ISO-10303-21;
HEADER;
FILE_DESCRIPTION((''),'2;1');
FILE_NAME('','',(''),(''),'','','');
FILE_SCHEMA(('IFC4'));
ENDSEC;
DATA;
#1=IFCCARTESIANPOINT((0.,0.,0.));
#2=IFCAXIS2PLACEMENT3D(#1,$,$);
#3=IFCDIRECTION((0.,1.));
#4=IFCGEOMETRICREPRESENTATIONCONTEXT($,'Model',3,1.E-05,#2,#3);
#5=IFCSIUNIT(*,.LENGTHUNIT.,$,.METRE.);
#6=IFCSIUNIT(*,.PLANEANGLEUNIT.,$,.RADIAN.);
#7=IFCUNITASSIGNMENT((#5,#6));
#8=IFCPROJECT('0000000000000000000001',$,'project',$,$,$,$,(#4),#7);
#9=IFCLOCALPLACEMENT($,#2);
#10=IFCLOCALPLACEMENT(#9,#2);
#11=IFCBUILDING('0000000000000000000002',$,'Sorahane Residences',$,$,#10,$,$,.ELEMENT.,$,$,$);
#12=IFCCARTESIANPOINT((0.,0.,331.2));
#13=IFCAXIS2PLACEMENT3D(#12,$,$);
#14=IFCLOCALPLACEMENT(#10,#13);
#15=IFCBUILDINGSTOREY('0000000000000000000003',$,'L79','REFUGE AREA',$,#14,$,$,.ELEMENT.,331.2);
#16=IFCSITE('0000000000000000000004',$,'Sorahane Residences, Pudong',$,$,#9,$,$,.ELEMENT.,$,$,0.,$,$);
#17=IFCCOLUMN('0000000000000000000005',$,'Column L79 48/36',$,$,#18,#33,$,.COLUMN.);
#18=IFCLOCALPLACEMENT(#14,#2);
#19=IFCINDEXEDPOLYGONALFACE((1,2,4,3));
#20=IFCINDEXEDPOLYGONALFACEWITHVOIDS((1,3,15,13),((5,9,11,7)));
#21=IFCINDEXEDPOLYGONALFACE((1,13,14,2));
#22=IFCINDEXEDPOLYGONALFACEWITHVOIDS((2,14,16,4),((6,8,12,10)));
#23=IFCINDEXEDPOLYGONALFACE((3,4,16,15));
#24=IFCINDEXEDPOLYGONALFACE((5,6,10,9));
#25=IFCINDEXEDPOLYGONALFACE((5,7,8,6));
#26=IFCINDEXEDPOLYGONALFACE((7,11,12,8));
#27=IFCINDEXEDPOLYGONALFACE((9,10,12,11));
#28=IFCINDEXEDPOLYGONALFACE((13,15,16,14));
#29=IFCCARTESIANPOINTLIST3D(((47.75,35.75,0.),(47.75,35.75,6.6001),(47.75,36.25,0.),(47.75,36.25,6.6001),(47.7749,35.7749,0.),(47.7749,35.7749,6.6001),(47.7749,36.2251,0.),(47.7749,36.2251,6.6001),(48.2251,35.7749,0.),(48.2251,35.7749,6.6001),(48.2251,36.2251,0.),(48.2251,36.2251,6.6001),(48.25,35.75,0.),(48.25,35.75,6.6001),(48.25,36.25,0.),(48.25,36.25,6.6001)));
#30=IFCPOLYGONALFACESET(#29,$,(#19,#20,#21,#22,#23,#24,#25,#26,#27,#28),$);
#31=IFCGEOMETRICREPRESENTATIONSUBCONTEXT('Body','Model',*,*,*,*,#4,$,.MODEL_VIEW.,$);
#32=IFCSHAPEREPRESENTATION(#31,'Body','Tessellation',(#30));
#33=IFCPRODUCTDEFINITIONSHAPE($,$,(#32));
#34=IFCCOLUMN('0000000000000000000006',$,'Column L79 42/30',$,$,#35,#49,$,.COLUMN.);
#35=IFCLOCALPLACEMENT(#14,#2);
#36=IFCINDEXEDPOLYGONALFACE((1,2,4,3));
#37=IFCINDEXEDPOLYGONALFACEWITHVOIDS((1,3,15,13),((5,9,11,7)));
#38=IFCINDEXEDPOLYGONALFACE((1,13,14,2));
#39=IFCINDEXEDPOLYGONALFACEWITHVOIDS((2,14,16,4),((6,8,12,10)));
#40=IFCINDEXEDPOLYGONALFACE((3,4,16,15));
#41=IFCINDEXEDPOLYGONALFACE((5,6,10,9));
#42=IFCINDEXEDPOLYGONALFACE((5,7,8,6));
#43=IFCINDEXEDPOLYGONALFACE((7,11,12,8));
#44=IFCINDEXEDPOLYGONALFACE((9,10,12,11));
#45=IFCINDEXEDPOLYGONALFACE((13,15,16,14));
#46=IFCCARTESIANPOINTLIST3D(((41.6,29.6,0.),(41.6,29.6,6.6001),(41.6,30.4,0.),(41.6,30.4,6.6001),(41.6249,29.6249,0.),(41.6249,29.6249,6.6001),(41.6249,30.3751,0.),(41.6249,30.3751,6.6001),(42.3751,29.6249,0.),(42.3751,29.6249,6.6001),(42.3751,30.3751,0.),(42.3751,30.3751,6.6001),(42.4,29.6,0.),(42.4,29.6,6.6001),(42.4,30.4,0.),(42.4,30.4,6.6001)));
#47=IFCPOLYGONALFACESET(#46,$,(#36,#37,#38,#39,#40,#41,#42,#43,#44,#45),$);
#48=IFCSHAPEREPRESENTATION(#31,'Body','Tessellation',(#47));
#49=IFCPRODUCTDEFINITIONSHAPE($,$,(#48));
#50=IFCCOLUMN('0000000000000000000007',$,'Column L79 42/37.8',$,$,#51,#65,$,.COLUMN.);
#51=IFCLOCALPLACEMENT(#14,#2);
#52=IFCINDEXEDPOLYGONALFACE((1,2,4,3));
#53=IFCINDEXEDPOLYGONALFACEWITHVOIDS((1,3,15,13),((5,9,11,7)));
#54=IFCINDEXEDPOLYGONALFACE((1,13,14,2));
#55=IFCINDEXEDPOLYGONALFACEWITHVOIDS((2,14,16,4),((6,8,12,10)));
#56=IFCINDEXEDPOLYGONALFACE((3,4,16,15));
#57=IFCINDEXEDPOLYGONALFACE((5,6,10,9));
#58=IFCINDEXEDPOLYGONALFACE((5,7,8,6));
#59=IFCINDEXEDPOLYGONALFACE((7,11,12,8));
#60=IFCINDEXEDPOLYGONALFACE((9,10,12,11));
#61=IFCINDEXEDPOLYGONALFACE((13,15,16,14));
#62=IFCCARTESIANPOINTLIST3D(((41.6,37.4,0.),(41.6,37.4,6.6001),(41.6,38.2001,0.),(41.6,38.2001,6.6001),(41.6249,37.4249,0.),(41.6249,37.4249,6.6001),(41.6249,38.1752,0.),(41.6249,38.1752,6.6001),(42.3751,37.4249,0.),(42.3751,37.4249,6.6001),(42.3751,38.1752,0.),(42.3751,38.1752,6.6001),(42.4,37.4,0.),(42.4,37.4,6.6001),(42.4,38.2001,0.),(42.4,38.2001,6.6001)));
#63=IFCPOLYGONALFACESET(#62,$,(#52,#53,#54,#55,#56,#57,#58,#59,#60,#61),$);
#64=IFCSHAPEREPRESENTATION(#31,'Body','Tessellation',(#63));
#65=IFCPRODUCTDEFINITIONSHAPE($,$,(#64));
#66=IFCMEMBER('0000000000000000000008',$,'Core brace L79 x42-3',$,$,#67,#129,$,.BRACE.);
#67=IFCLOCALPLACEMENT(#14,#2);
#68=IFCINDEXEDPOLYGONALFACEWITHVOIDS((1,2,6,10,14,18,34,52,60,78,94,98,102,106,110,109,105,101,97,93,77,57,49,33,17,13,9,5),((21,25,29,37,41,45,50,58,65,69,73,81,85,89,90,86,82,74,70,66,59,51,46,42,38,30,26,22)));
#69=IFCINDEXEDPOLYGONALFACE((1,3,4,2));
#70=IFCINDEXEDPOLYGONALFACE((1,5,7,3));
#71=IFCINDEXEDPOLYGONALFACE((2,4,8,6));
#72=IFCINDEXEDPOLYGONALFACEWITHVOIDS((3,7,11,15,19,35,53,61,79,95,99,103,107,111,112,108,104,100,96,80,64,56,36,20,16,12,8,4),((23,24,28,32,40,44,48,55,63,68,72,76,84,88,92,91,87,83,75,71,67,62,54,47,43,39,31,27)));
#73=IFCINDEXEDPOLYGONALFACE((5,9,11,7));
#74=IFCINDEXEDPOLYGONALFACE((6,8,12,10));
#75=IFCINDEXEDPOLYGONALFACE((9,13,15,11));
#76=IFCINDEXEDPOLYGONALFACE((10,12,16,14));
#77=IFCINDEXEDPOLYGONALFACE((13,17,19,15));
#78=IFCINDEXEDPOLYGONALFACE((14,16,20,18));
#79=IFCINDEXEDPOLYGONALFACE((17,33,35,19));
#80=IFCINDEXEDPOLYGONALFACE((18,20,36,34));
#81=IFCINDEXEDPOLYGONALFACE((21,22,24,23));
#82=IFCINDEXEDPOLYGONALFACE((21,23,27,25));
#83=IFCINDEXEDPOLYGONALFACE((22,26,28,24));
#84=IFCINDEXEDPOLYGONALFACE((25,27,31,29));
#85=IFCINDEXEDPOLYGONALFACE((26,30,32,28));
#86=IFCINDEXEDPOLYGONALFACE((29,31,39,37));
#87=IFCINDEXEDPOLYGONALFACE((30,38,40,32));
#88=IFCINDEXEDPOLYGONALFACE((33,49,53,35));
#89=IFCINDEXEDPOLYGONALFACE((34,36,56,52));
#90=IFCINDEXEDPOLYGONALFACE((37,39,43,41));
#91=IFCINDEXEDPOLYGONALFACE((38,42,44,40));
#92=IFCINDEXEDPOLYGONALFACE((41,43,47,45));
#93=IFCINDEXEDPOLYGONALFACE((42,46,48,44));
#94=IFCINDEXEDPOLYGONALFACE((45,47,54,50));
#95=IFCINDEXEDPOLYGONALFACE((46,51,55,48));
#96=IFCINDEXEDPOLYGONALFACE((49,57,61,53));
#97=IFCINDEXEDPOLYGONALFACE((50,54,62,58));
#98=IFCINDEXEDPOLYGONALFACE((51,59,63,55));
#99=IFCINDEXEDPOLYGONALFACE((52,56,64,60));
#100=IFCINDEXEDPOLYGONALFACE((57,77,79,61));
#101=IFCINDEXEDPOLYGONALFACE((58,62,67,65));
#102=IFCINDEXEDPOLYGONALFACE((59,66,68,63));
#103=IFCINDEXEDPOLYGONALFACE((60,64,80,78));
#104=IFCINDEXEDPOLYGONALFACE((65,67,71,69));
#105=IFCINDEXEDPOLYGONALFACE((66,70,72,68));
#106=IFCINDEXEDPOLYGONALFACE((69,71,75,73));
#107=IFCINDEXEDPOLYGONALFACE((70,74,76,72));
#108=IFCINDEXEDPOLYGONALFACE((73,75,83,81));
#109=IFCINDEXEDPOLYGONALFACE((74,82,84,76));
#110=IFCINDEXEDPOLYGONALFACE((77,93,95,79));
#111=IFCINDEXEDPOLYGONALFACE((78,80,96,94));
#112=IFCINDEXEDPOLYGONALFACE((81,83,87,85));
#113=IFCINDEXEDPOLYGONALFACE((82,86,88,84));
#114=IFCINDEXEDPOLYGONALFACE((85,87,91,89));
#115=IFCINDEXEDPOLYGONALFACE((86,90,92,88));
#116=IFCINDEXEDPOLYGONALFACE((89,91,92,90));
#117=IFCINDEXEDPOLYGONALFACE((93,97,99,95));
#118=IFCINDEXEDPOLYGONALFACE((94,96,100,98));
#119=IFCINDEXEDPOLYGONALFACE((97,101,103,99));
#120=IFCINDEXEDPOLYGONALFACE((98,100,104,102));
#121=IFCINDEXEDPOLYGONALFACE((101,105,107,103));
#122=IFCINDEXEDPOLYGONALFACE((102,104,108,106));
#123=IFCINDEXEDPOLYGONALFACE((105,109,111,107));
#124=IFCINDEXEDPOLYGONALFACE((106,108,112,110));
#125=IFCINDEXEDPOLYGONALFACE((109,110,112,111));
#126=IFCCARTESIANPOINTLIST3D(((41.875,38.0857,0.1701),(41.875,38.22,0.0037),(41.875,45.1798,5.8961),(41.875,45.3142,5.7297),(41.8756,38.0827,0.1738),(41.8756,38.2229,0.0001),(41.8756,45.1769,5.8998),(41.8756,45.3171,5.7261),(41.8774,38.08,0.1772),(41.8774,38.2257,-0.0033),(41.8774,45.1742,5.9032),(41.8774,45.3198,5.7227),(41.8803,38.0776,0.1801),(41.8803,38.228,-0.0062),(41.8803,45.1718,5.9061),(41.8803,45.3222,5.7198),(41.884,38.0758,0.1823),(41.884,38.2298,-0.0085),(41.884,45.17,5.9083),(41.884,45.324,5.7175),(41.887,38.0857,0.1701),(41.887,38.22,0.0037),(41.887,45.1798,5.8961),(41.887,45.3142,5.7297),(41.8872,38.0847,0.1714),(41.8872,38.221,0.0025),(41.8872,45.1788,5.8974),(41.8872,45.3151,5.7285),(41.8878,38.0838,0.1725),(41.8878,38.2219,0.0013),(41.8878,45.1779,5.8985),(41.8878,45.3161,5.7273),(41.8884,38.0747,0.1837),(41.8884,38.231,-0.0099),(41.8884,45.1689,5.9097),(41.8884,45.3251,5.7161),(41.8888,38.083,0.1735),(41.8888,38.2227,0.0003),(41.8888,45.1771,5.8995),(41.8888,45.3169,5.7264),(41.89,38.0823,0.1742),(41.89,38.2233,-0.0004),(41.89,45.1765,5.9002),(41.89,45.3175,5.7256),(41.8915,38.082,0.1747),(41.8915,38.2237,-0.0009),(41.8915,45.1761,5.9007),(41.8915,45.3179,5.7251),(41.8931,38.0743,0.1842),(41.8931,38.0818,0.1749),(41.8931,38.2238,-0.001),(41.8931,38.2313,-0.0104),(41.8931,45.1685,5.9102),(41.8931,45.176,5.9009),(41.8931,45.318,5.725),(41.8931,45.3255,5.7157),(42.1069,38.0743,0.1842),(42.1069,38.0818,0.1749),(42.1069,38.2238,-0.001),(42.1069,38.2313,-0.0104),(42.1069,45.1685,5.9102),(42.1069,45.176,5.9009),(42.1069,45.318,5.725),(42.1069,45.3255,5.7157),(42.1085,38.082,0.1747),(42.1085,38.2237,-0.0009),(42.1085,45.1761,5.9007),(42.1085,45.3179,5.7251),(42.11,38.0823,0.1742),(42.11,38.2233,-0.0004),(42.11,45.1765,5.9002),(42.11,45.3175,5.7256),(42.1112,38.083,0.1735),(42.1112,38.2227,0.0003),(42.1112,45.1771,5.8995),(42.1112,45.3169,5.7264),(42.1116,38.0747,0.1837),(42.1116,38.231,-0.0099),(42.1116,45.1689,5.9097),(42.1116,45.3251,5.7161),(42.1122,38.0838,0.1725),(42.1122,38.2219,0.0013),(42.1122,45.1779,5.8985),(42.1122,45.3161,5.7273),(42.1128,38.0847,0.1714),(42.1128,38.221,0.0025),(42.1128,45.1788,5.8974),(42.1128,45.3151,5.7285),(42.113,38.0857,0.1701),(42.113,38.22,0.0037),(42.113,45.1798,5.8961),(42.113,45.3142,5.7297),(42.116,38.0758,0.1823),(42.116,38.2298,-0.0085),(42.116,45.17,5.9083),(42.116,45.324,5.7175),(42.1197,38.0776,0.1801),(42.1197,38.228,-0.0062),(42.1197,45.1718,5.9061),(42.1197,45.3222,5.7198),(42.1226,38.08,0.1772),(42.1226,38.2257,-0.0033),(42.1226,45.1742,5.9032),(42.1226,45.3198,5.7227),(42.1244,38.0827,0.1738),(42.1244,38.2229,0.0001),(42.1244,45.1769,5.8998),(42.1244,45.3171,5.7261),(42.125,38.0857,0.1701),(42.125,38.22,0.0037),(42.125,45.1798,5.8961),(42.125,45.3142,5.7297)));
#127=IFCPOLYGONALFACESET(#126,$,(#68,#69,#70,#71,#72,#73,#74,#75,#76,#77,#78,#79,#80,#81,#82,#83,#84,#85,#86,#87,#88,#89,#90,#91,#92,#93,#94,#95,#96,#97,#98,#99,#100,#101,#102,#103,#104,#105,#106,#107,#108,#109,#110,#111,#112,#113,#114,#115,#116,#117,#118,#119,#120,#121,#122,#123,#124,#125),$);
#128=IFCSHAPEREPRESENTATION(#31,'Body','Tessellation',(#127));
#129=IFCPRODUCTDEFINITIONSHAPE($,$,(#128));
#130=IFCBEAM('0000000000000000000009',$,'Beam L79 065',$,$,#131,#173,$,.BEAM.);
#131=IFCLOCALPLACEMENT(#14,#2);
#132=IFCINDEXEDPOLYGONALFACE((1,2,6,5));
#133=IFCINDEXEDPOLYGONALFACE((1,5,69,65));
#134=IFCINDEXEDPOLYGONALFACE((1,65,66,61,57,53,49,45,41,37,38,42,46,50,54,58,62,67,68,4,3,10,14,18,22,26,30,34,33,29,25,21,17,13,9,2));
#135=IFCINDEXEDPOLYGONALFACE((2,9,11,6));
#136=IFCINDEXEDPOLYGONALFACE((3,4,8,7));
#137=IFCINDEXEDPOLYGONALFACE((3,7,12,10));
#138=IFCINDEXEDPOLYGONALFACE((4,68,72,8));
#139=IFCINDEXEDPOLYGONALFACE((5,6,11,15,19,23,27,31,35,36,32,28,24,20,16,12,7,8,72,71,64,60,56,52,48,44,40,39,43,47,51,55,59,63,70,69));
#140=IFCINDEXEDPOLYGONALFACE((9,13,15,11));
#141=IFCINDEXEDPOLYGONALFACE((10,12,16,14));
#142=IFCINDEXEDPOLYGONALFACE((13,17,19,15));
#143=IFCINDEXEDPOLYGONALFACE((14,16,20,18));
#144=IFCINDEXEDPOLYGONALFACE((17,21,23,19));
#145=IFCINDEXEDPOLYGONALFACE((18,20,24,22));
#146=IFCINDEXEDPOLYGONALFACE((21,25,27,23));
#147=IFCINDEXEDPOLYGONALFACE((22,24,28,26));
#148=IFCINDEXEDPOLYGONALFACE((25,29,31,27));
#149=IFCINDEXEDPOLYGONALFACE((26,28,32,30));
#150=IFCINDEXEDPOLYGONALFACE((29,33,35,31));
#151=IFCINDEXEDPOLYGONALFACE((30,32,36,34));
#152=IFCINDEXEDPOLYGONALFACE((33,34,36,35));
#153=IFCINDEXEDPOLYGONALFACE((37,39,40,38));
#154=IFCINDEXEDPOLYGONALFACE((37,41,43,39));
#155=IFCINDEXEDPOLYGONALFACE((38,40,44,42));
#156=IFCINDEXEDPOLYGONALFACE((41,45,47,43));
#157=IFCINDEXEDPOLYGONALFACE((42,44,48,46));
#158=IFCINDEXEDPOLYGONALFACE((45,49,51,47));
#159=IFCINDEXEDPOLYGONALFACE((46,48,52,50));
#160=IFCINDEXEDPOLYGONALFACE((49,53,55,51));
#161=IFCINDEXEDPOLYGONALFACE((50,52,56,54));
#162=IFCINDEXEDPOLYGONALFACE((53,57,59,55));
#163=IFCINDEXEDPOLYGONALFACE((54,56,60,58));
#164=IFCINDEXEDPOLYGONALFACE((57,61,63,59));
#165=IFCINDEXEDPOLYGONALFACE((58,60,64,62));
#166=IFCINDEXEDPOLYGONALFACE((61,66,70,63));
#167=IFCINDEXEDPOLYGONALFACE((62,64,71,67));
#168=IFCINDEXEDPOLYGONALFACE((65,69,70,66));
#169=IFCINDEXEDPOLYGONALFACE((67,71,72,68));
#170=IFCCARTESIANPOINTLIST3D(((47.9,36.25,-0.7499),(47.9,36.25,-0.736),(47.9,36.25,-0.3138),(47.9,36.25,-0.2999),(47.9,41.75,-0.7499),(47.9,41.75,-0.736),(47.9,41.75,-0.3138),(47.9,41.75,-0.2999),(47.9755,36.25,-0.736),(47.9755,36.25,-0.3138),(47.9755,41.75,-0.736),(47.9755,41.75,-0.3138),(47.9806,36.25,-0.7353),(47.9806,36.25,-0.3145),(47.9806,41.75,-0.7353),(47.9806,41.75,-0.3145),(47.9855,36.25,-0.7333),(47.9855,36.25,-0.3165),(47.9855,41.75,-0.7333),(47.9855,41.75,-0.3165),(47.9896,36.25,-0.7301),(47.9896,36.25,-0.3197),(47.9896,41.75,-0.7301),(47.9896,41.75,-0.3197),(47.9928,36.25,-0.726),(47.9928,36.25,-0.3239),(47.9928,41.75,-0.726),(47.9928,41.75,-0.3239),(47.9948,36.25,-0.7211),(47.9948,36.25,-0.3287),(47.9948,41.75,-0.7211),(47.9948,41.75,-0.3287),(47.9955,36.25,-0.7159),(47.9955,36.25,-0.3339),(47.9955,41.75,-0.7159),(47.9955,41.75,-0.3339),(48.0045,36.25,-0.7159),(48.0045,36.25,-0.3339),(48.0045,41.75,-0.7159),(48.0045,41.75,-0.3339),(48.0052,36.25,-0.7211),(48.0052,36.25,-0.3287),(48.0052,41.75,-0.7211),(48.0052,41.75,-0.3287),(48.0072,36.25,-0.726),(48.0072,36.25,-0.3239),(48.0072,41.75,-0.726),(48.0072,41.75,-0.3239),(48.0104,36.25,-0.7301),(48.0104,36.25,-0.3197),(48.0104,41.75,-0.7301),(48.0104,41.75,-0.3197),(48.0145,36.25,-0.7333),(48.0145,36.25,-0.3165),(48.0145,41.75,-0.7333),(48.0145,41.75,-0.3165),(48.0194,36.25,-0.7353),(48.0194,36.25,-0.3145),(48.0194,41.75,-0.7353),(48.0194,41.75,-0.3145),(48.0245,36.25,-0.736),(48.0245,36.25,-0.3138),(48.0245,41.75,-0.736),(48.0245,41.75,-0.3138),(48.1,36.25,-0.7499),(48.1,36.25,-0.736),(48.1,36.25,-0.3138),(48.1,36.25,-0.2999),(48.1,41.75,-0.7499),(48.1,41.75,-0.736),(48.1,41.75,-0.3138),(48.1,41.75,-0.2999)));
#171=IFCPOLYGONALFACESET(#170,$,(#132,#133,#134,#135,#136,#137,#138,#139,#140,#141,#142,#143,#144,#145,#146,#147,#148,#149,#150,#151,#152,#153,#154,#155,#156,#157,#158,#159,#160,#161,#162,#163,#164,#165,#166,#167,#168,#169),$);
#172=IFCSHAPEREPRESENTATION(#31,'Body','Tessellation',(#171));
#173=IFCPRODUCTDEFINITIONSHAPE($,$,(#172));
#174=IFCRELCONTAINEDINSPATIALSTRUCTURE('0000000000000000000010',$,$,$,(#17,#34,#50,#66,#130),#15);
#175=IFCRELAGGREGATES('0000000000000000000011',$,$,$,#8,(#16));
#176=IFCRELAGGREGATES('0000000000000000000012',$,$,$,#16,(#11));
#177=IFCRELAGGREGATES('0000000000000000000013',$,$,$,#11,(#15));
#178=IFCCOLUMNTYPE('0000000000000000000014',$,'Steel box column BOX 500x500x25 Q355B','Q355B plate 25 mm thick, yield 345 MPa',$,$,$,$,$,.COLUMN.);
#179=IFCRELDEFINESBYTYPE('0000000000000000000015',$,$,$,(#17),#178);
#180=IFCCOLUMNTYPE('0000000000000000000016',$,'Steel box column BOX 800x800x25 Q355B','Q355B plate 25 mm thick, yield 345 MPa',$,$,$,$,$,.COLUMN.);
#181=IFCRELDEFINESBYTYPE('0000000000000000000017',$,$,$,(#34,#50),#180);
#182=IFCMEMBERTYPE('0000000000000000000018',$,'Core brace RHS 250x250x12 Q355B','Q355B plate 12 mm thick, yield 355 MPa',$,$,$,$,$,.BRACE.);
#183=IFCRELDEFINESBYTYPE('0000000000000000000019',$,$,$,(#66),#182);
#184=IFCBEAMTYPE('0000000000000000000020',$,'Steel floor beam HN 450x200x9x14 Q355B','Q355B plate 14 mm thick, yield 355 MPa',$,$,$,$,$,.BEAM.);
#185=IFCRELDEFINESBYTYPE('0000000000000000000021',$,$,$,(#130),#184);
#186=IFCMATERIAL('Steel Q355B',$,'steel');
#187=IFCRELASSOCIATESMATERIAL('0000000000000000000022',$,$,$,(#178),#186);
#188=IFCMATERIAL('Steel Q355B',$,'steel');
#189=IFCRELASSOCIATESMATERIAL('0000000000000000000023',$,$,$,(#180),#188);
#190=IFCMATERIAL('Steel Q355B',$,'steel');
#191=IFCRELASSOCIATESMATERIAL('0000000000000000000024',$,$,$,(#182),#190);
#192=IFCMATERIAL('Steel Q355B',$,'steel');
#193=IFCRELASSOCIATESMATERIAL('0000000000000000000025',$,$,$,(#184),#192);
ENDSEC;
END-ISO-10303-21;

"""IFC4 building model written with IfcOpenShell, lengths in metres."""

from ifc_helpers import new_model, si_unit, direction, frame, origin, origin_2d, place, context, subcontext, project, spatial, hollow_rectangle, i_section, extrude, material, material_profile, profile_set, type_object, element, save


model = new_model("IFC4")

# Units and contexts
model_context = context("Model", 3, precision=1e-05, world=origin(), true_north=direction((0.0, 1.0)))
body_context = subcontext(model_context, "Body", "Model", "MODEL_VIEW")
ifc_project = project(units=[si_unit("LENGTHUNIT", "METRE"), si_unit("PLANEANGLEUNIT", "RADIAN")], contexts=[model_context])

# Site, building, storey
site_placement = place(None, origin())
site = spatial("IfcSite", under=ifc_project, at=site_placement, Name="Sorahane Residences, Pudong", CompositionType="ELEMENT", RefElevation=0.0)
building_placement = place(site_placement, origin())
building = spatial("IfcBuilding", under=site, at=building_placement, Name="Sorahane Residences", CompositionType="ELEMENT")
storey_placement = place(building_placement, frame((0.0, 0.0, 331.2)))
storey = spatial("IfcBuildingStorey", under=building, at=storey_placement, Name="L79", Description="REFUGE AREA", CompositionType="ELEMENT", Elevation=331.2)

# Columns
ifc_material_1 = material(Name="Steel Q355B", Category="steel")
ifc_material_profile_1 = material_profile(ifc_material_1, hollow_rectangle(XDim=0.5, YDim=0.5, WallThickness=0.0249, at=origin_2d()), Name="BOX 500x500x25")
ifc_profile_set_1 = profile_set([ifc_material_profile_1], Name="Steel Q355B")
column_type_1 = type_object("IfcColumnType", Name="Steel box column BOX 500x500x25 Q355B", Description="Q355B plate 25 mm thick, yield 345 MPa", PredefinedType="COLUMN", material=ifc_profile_set_1)
column_placement = place(storey_placement, frame((48.0, 36.0, 0.0), z_axis=(0.0, 0.0, 1.0), x_axis=(1.0, 0.0, 0.0)))
element("IfcColumn", 1, at=column_placement, inside=storey, type_object=column_type_1, Name="Column L79 48/36", PredefinedType="COLUMN", context=body_context, shape_type="SweptSolid", body=[
    extrude(hollow_rectangle(XDim=0.5, YDim=0.5, WallThickness=0.0249, at=origin_2d()), origin(), (0.0, 0.0, 1.0), 6.6001),
])
ifc_material_2 = material(Name="Steel Q355B", Category="steel")
ifc_material_profile_2 = material_profile(ifc_material_2, hollow_rectangle(XDim=0.8, YDim=0.8, WallThickness=0.0249, at=origin_2d()), Name="BOX 800x800x25")
ifc_profile_set_2 = profile_set([ifc_material_profile_2], Name="Steel Q355B")
column_type_2 = type_object("IfcColumnType", Name="Steel box column BOX 800x800x25 Q355B", Description="Q355B plate 25 mm thick, yield 345 MPa", PredefinedType="COLUMN", material=ifc_profile_set_2)
for number, where, z_axis, x_axis, name in (
    (2, (42.0, 30.0, 0.0), (0.0, 0.0, 1.0), (1.0, 0.0, 0.0), "Column L79 42/30"),
    (3, (42.0, 37.8, 0.0), (0.0, 0.0, 1.0), (1.0, 0.0, 0.0), "Column L79 42/37.8"),
):
    element("IfcColumn", number, at=place(storey_placement, frame(where, z_axis=z_axis, x_axis=x_axis)), inside=storey, type_object=column_type_2, Name=name, PredefinedType="COLUMN", context=body_context, shape_type="SweptSolid", body=[
        extrude(hollow_rectangle(XDim=0.8, YDim=0.8, WallThickness=0.0249, at=origin_2d()), origin(), (0.0, 0.0, 1.0), 6.6001),
    ])

# Member
ifc_material_3 = material(Name="Steel Q355B", Category="steel")
ifc_material_profile_3 = material_profile(ifc_material_3, hollow_rectangle(XDim=0.25, YDim=0.25, WallThickness=0.012, InnerFilletRadius=0.0061, OuterFilletRadius=0.0181, at=origin_2d()), Name="RHS 250x250x12")
ifc_profile_set_3 = profile_set([ifc_material_profile_3], Name="Steel Q355B")
member_type = type_object("IfcMemberType", Name="Core brace RHS 250x250x12 Q355B", Description="Q355B plate 12 mm thick, yield 355 MPa", PredefinedType="BRACE", material=ifc_profile_set_3)
member_placement = place(storey_placement, frame((42.0, 38.1528, 0.0869), z_axis=(0.0, 0.77815, 0.628079), x_axis=(-1.0, 0.0, 0.0)))
element("IfcMember", 4, at=member_placement, inside=storey, type_object=member_type, Name="Core brace L79 x42-3", PredefinedType="BRACE", context=body_context, shape_type="SweptSolid", body=[
    extrude(hollow_rectangle(XDim=0.25, YDim=0.25, WallThickness=0.012, InnerFilletRadius=0.0061, OuterFilletRadius=0.0181, at=origin_2d()), origin(), (0.0, 0.0, 1.0), 9.1167),
])

# Beam
ifc_material_4 = material(Name="Steel Q355B", Category="steel")
ifc_material_profile_4 = material_profile(ifc_material_4, i_section(OverallWidth=0.2, OverallDepth=0.45, WebThickness=0.009, FlangeThickness=0.0139, FilletRadius=0.02, at=origin_2d()), Name="HN 450x200x9x14")
ifc_profile_set_4 = profile_set([ifc_material_profile_4], Name="Steel Q355B")
beam_type_1 = type_object("IfcBeamType", Name="Steel floor beam HN 450x200x9x14 Q355B", Description="Q355B plate 14 mm thick, yield 355 MPa", PredefinedType="BEAM", material=ifc_profile_set_4)
beam_1_placement = place(storey_placement, frame((48.0, 36.25, -0.5249), z_axis=(0.0, 1.0, 0.0), x_axis=(-1.0, 0.0, 0.0)))
element("IfcBeam", 5, at=beam_1_placement, inside=storey, type_object=beam_type_1, Name="Beam L79 065", PredefinedType="BEAM", context=body_context, shape_type="SweptSolid", body=[
    extrude(i_section(OverallWidth=0.2, OverallDepth=0.45, WebThickness=0.009, FlangeThickness=0.0139, FilletRadius=0.02, at=origin_2d()), origin(), (0.0, 0.0, 1.0), 5.5),
])

save(model, "model.ifc")
